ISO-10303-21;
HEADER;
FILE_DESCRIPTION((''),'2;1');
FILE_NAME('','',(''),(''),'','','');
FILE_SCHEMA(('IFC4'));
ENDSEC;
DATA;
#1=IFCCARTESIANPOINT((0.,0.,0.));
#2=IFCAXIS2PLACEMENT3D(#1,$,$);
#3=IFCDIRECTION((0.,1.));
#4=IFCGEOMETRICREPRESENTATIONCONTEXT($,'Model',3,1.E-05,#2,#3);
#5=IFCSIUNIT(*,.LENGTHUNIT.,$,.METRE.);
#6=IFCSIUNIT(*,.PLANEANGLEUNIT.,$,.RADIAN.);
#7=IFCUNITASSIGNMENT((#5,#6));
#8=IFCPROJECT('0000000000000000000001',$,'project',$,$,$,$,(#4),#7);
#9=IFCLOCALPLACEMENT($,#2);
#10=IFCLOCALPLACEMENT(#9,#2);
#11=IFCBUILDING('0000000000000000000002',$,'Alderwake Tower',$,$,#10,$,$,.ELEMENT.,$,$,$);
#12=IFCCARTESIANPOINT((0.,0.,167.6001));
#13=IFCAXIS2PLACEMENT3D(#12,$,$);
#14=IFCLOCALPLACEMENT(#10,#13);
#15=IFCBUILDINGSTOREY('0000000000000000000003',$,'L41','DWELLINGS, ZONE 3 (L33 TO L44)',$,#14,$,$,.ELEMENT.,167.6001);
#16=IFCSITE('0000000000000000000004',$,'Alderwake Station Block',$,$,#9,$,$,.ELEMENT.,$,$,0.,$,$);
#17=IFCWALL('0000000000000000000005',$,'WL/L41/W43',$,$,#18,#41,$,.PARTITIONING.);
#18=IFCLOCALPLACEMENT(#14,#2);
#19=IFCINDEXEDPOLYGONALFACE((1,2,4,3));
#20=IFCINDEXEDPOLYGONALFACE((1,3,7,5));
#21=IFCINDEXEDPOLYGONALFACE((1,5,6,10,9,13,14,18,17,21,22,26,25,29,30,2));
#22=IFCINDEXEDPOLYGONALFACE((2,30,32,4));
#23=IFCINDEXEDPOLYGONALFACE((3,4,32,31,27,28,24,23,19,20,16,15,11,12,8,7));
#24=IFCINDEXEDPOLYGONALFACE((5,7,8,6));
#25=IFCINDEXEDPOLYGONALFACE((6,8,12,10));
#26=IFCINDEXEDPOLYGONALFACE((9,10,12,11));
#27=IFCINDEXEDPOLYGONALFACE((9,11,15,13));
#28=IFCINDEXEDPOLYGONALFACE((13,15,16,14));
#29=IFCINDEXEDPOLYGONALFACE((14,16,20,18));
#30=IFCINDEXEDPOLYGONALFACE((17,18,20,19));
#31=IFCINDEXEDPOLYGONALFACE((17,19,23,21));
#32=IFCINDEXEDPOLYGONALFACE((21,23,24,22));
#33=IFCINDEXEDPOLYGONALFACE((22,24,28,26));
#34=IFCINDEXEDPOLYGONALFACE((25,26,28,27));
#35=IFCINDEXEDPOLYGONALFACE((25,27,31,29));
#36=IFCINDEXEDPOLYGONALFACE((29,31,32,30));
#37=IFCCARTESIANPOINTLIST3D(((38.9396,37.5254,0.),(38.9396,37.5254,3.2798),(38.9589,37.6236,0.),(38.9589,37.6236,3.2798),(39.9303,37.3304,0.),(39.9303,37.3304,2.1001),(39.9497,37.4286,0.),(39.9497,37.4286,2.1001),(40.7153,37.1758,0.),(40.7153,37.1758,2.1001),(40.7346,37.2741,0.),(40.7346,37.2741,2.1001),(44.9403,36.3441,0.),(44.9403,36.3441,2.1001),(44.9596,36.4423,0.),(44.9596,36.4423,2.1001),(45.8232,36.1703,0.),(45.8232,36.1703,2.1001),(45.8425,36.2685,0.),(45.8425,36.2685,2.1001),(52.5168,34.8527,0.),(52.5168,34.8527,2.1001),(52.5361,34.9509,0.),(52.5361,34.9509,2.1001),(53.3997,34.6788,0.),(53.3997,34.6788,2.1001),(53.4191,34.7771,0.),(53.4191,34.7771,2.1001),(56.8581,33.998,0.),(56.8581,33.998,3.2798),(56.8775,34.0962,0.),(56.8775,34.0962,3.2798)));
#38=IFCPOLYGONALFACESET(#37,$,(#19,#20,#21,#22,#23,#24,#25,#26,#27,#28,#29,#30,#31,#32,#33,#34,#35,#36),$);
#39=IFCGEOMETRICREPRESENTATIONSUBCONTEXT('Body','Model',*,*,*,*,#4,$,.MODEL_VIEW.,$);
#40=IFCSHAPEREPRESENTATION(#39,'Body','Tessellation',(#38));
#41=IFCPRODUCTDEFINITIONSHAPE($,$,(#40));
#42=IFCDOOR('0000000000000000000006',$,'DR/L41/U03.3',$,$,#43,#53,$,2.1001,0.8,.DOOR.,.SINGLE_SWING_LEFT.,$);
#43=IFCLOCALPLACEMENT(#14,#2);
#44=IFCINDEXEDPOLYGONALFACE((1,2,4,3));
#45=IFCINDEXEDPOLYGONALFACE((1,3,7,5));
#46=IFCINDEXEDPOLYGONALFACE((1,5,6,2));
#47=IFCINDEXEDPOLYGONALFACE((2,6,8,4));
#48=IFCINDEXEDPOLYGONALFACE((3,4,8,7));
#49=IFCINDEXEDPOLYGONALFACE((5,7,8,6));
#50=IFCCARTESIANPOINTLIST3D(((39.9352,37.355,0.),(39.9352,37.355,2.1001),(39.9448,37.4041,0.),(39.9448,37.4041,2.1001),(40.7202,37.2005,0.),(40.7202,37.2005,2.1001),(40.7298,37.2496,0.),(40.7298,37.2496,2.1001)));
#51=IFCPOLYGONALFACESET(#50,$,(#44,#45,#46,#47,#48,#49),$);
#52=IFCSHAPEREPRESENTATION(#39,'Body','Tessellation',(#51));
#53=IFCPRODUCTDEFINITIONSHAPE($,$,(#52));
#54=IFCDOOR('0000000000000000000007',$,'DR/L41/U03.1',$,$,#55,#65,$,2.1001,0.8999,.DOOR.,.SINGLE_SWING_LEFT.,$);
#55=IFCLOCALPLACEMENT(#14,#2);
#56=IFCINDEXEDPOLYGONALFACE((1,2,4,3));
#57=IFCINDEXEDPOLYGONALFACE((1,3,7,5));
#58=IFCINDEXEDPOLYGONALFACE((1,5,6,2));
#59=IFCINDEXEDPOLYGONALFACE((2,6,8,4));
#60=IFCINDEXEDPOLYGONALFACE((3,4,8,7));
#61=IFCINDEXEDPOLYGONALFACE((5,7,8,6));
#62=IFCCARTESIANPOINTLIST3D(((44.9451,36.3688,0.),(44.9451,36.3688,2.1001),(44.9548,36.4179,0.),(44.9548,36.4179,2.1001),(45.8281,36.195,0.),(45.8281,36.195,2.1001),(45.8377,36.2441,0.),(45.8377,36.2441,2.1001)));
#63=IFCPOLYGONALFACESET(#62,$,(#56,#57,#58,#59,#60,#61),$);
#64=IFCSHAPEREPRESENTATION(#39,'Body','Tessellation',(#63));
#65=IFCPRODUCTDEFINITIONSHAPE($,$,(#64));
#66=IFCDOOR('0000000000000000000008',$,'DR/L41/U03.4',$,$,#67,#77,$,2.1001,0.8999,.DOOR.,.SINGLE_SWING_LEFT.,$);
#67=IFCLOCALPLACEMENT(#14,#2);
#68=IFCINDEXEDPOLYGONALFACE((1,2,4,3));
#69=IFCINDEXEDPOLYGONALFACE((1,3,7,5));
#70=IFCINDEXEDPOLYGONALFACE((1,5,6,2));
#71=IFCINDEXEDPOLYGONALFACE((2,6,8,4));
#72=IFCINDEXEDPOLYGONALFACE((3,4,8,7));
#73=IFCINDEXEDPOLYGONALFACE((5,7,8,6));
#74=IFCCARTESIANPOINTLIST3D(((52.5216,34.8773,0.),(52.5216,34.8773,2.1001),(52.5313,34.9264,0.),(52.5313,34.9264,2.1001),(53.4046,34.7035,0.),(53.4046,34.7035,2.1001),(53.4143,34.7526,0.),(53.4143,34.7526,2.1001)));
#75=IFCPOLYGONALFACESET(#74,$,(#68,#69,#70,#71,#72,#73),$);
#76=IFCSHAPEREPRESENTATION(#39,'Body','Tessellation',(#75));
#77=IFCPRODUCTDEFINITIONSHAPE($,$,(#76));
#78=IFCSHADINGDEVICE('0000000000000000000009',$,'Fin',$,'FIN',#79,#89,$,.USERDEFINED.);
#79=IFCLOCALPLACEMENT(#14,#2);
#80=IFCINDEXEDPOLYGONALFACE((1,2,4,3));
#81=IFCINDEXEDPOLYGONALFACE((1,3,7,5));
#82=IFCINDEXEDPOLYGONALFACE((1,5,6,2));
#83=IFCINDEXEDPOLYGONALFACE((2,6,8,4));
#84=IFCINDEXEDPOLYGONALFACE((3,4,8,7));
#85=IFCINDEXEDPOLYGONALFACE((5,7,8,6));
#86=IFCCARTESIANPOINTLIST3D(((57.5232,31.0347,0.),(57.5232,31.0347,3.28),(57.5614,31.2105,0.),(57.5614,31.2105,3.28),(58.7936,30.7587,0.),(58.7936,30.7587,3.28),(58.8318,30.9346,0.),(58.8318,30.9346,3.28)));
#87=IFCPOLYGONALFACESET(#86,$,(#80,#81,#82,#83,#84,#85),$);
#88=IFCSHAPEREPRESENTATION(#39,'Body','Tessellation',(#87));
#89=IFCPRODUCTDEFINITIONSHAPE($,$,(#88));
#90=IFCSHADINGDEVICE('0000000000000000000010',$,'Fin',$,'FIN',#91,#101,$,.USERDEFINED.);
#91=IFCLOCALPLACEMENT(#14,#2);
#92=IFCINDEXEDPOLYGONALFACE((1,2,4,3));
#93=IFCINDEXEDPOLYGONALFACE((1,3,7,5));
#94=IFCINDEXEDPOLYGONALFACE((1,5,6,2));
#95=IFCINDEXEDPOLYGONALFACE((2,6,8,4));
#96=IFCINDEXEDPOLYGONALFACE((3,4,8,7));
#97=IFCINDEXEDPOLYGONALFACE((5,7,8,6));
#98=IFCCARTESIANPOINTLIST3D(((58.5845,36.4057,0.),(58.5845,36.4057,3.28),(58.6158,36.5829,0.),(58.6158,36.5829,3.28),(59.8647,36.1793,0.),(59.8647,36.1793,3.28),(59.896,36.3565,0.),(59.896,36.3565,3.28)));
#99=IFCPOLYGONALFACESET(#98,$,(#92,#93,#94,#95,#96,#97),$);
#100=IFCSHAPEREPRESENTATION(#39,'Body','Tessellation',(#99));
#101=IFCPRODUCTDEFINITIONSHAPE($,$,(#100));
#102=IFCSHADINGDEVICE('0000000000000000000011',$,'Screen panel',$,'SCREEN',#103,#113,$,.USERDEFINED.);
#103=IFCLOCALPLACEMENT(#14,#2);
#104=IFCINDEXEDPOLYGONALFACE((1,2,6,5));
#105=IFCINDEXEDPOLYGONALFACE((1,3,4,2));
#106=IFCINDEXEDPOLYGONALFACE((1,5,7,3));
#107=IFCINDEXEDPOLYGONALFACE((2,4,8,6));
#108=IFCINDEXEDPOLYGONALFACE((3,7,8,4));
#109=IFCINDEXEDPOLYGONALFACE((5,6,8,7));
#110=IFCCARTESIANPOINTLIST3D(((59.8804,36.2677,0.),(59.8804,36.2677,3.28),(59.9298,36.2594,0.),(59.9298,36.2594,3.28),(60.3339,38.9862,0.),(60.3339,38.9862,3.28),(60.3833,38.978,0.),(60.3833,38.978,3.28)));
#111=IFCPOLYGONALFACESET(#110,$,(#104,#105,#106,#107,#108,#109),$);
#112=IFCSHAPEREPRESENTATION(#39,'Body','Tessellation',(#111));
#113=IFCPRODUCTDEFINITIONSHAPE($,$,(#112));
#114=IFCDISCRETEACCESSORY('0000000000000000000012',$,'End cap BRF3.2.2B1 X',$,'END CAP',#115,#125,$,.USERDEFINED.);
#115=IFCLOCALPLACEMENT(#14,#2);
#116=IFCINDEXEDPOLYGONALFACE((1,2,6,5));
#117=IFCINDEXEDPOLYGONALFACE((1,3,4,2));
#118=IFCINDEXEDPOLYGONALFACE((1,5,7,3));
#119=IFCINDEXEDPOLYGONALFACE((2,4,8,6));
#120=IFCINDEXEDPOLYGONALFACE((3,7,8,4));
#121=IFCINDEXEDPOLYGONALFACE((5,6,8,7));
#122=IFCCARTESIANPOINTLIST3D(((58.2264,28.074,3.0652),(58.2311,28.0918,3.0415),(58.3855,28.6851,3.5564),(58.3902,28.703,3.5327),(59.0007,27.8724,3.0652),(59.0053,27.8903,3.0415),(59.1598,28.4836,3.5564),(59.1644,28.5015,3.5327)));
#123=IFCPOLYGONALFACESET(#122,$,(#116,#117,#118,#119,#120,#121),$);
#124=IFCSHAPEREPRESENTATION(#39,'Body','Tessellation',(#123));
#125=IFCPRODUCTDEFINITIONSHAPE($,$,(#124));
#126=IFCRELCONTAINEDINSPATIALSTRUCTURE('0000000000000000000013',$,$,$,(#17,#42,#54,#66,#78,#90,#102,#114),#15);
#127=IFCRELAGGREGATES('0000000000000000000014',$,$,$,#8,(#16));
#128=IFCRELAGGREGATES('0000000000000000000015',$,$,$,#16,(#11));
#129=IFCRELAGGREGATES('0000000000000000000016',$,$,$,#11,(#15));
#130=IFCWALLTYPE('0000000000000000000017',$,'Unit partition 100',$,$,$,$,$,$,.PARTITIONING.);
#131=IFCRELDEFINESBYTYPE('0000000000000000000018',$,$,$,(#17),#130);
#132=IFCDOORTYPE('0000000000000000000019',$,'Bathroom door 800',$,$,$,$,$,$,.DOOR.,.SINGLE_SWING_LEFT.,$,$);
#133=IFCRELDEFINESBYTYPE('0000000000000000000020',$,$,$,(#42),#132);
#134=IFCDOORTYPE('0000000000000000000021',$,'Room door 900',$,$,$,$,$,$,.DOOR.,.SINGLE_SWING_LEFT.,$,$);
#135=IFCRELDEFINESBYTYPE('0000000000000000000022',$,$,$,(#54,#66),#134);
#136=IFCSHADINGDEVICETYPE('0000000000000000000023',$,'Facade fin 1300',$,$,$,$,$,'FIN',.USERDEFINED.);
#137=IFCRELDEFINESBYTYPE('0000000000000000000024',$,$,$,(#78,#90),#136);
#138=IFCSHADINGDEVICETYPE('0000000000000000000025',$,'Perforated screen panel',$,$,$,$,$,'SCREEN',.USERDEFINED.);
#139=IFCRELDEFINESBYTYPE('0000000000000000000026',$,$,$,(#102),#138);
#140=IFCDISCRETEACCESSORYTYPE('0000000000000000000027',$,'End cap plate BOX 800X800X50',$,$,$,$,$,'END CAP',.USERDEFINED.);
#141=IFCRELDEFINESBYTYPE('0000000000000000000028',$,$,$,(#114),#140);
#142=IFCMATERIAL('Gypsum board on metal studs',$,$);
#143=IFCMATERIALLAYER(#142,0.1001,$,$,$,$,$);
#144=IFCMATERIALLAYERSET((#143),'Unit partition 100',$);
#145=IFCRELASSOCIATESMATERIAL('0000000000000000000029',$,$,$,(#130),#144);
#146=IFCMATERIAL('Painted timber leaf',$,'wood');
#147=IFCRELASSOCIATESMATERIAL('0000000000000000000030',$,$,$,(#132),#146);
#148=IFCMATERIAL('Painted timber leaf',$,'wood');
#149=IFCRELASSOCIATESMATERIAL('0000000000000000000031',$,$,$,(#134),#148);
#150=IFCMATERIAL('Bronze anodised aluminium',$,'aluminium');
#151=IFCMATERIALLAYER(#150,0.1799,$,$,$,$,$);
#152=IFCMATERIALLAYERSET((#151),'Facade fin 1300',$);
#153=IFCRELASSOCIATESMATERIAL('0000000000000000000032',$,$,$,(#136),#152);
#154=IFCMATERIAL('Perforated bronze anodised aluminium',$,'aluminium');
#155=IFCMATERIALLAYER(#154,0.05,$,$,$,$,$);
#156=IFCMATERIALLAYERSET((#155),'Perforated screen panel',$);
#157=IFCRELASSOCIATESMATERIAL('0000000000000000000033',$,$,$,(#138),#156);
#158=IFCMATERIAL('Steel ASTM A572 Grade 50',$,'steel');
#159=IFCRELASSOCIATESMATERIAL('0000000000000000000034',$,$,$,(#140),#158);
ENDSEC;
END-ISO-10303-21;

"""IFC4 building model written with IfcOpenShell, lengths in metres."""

from ifc_helpers import new_model, si_unit, direction, frame, frame_2d, origin, origin_2d, place, context, subcontext, project, spatial, rectangle, extrude, material, layer, layer_set, material_profile, profile_set, type_object, element, fill, save


model = new_model("IFC4")

# Units and contexts
model_context = context("Model", 3, precision=1e-05, world=origin(), true_north=direction((0.0, 1.0)))
body_context = subcontext(model_context, "Body", "Model", "MODEL_VIEW")
ifc_project = project(units=[si_unit("LENGTHUNIT", "METRE"), si_unit("PLANEANGLEUNIT", "RADIAN")], contexts=[model_context])

# Site, building, storey
site_placement = place(None, origin())
site = spatial("IfcSite", under=ifc_project, at=site_placement, Name="Alderwake Station Block", CompositionType="ELEMENT", RefElevation=0.0)
building_placement = place(site_placement, origin())
building = spatial("IfcBuilding", under=site, at=building_placement, Name="Alderwake Tower", CompositionType="ELEMENT")
storey_placement = place(building_placement, frame((0.0, 0.0, 167.6001)))
storey = spatial("IfcBuildingStorey", under=building, at=storey_placement, Name="L41", Description="DWELLINGS, ZONE 3 (L33 TO L44)", CompositionType="ELEMENT", Elevation=167.6001)

# Wall, openings, doors
ifc_material_1 = material(Name="Gypsum board on metal studs")
ifc_layer_1 = layer(ifc_material_1, 0.1001)
ifc_layer_set_1 = layer_set([ifc_layer_1], Name="Unit partition 100")
wall_type_1 = type_object("IfcWallType", Name="Unit partition 100", PredefinedType="PARTITIONING", material=ifc_layer_set_1)
wall_1_placement = place(storey_placement, frame((56.8679, 34.0471, 0.0), z_axis=(0.0, 0.0, 1.0), x_axis=(-0.98117, 0.193148, 0.0)))
wall_1 = element("IfcWall", 1, at=wall_1_placement, inside=storey, type_object=wall_type_1, Name="WL/L41/W43", PredefinedType="PARTITIONING", context=body_context, shape_type="SweptSolid", body=[
    extrude(rectangle(XDim=18.2625, YDim=0.1001, at=frame_2d((9.1313, 0.0))), origin(), (0.0, 0.0, 1.0), 3.2798),
])
opening_1_placement = place(wall_1_placement, frame((11.2468, 0.0, 0.0)))
opening_1 = element("IfcOpeningElement", 2, at=opening_1_placement, cuts=wall_1, PredefinedType="OPENING", context=body_context, shape_type="SweptSolid", body=[
    extrude(rectangle(XDim=0.8999, YDim=2.1001, at=frame_2d((0.45, 1.05))), frame((0.0, 0.0601, 0.0), z_axis=(0.0, -1.0, 0.0), x_axis=(1.0, 0.0, 0.0)), (0.0, 0.0, 1.0), 0.1201),
])
opening_2_placement = place(wall_1_placement, frame((16.4529, 0.0, 0.0)))
opening_2 = element("IfcOpeningElement", 3, at=opening_2_placement, cuts=wall_1, PredefinedType="OPENING", context=body_context, shape_type="SweptSolid", body=[
    extrude(rectangle(XDim=0.8, YDim=2.1001, at=frame_2d((0.3999, 1.05))), frame((0.0, 0.0601, 0.0), z_axis=(0.0, -1.0, 0.0), x_axis=(1.0, 0.0, 0.0)), (0.0, 0.0, 1.0), 0.1201),
])
opening_3_placement = place(wall_1_placement, frame((3.5249, 0.0, 0.0)))
opening_3 = element("IfcOpeningElement", 4, at=opening_3_placement, cuts=wall_1, PredefinedType="OPENING", context=body_context, shape_type="SweptSolid", body=[
    extrude(rectangle(XDim=0.8999, YDim=2.1001, at=frame_2d((0.45, 1.05))), frame((0.0, 0.0601, 0.0), z_axis=(0.0, -1.0, 0.0), x_axis=(1.0, 0.0, 0.0)), (0.0, 0.0, 1.0), 0.1201),
])
ifc_material_2 = material(Name="Painted timber leaf", Category="wood")
door_type_1 = type_object("IfcDoorType", Name="Bathroom door 800", OperationType="SINGLE_SWING_LEFT", PredefinedType="DOOR", material=ifc_material_2)
door_1_placement = place(opening_2_placement, origin())
door_1 = element("IfcDoor", 5, at=door_1_placement, inside=storey, type_object=door_type_1, Name="DR/L41/U03.3", OperationType="SINGLE_SWING_LEFT", OverallHeight=2.1001, OverallWidth=0.8, PredefinedType="DOOR", context=body_context, shape_type="SweptSolid", body=[
    extrude(rectangle(XDim=0.8, YDim=2.1001, at=frame_2d((0.3999, 1.05))), frame((0.0, 0.0249, 0.0), z_axis=(0.0, -1.0, 0.0), x_axis=(1.0, 0.0, 0.0)), (0.0, 0.0, 1.0), 0.05),
])
fill(opening_2, door_1)
ifc_material_3 = material(Name="Painted timber leaf", Category="wood")
door_type_2 = type_object("IfcDoorType", Name="Room door 900", OperationType="SINGLE_SWING_LEFT", PredefinedType="DOOR", material=ifc_material_3)
door_2_placement = place(opening_1_placement, origin())
door_2 = element("IfcDoor", 6, at=door_2_placement, inside=storey, type_object=door_type_2, Name="DR/L41/U03.1", OperationType="SINGLE_SWING_LEFT", OverallHeight=2.1001, OverallWidth=0.8999, PredefinedType="DOOR", context=body_context, shape_type="SweptSolid", body=[
    extrude(rectangle(XDim=0.8999, YDim=2.1001, at=frame_2d((0.45, 1.05))), frame((0.0, 0.0249, 0.0), z_axis=(0.0, -1.0, 0.0), x_axis=(1.0, 0.0, 0.0)), (0.0, 0.0, 1.0), 0.05),
])
fill(opening_1, door_2)
door_3_placement = place(opening_3_placement, origin())
door_3 = element("IfcDoor", 7, at=door_3_placement, inside=storey, type_object=door_type_2, Name="DR/L41/U03.4", OperationType="SINGLE_SWING_LEFT", OverallHeight=2.1001, OverallWidth=0.8999, PredefinedType="DOOR", context=body_context, shape_type="SweptSolid", body=[
    extrude(rectangle(XDim=0.8999, YDim=2.1001, at=frame_2d((0.45, 1.05))), frame((0.0, 0.0249, 0.0), z_axis=(0.0, -1.0, 0.0), x_axis=(1.0, 0.0, 0.0)), (0.0, 0.0, 1.0), 0.05),
])
fill(opening_3, door_3)

# Shading devices
ifc_material_4 = material(Name="Bronze anodised aluminium", Category="aluminium")
ifc_layer_2 = layer(ifc_material_4, 0.1799)
ifc_layer_set_2 = layer_set([ifc_layer_2], Name="Facade fin 1300")
shading_device_type_1 = type_object("IfcShadingDeviceType", Name="Facade fin 1300", ElementType="FIN", PredefinedType="USERDEFINED", material=ifc_layer_set_2)
for number, where, z_axis, x_axis, name in (
    (8, (58.1775, 30.9846, 0.0), (0.0, 0.0, 1.0), (0.97721, -0.212273, 0.0), "Fin"),
    (9, (59.2402, 36.3811, 0.0), (0.0, 0.0, 1.0), (0.984726, -0.174109, 0.0), "Fin"),
):
    element("IfcShadingDevice", number, at=place(storey_placement, frame(where, z_axis=z_axis, x_axis=x_axis)), inside=storey, type_object=shading_device_type_1, Name=name, ObjectType="FIN", PredefinedType="USERDEFINED", context=body_context, shape_type="SweptSolid", body=[
        extrude(rectangle(XDim=1.3, YDim=0.1799, at=origin_2d()), origin(), (0.0, 0.0, 1.0), 3.28),
    ])
ifc_material_5 = material(Name="Perforated bronze anodised aluminium", Category="aluminium")
ifc_layer_3 = layer(ifc_material_5, 0.05)
ifc_layer_set_3 = layer_set([ifc_layer_3], Name="Perforated screen panel")
shading_device_type_2 = type_object("IfcShadingDeviceType", Name="Perforated screen panel", ElementType="SCREEN", PredefinedType="USERDEFINED", material=ifc_layer_set_3)
shading_device_placement = place(storey_placement, frame((60.1318, 37.6228, 0.0), z_axis=(0.0, 0.0, 1.0), x_axis=(0.986369, -0.164548, 0.0)))
element("IfcShadingDevice", 10, at=shading_device_placement, inside=storey, type_object=shading_device_type_2, Name="Screen panel", ObjectType="SCREEN", PredefinedType="USERDEFINED", context=body_context, shape_type="SweptSolid", body=[
    extrude(rectangle(XDim=0.05, YDim=2.7561, at=origin_2d()), origin(), (0.0, 0.0, 1.0), 3.28),
])

# Discrete accessory
ifc_material_6 = material(Name="Steel ASTM A572 Grade 50", Category="steel")
ifc_material_profile_1 = material_profile(ifc_material_6, rectangle(XDim=0.8, YDim=0.8, at=origin_2d()), Name="BOX 800X800X50 cap")
ifc_profile_set_1 = profile_set([ifc_material_profile_1], Name="Steel ASTM A572 Grade 50")
discrete_accessory_type = type_object("IfcDiscreteAccessoryType", Name="End cap plate BOX 800X800X50", ElementType="END CAP", PredefinedType="USERDEFINED", material=ifc_profile_set_1)
discrete_accessory_placement = place(storey_placement, frame((58.6978, 28.2966, 3.2871), z_axis=(-0.154625, -0.594085, 0.789401), x_axis=(0.967758, -0.251882, 0.0)))
element("IfcDiscreteAccessory", 11, at=discrete_accessory_placement, inside=storey, type_object=discrete_accessory_type, Name="End cap BRF3.2.2B1 X", ObjectType="END CAP", PredefinedType="USERDEFINED", context=body_context, shape_type="SweptSolid", body=[
    extrude(rectangle(XDim=0.8, YDim=0.8, at=origin_2d()), origin(), (0.0, 0.0, 1.0), 0.03),
])

save(model, "model.ifc")
